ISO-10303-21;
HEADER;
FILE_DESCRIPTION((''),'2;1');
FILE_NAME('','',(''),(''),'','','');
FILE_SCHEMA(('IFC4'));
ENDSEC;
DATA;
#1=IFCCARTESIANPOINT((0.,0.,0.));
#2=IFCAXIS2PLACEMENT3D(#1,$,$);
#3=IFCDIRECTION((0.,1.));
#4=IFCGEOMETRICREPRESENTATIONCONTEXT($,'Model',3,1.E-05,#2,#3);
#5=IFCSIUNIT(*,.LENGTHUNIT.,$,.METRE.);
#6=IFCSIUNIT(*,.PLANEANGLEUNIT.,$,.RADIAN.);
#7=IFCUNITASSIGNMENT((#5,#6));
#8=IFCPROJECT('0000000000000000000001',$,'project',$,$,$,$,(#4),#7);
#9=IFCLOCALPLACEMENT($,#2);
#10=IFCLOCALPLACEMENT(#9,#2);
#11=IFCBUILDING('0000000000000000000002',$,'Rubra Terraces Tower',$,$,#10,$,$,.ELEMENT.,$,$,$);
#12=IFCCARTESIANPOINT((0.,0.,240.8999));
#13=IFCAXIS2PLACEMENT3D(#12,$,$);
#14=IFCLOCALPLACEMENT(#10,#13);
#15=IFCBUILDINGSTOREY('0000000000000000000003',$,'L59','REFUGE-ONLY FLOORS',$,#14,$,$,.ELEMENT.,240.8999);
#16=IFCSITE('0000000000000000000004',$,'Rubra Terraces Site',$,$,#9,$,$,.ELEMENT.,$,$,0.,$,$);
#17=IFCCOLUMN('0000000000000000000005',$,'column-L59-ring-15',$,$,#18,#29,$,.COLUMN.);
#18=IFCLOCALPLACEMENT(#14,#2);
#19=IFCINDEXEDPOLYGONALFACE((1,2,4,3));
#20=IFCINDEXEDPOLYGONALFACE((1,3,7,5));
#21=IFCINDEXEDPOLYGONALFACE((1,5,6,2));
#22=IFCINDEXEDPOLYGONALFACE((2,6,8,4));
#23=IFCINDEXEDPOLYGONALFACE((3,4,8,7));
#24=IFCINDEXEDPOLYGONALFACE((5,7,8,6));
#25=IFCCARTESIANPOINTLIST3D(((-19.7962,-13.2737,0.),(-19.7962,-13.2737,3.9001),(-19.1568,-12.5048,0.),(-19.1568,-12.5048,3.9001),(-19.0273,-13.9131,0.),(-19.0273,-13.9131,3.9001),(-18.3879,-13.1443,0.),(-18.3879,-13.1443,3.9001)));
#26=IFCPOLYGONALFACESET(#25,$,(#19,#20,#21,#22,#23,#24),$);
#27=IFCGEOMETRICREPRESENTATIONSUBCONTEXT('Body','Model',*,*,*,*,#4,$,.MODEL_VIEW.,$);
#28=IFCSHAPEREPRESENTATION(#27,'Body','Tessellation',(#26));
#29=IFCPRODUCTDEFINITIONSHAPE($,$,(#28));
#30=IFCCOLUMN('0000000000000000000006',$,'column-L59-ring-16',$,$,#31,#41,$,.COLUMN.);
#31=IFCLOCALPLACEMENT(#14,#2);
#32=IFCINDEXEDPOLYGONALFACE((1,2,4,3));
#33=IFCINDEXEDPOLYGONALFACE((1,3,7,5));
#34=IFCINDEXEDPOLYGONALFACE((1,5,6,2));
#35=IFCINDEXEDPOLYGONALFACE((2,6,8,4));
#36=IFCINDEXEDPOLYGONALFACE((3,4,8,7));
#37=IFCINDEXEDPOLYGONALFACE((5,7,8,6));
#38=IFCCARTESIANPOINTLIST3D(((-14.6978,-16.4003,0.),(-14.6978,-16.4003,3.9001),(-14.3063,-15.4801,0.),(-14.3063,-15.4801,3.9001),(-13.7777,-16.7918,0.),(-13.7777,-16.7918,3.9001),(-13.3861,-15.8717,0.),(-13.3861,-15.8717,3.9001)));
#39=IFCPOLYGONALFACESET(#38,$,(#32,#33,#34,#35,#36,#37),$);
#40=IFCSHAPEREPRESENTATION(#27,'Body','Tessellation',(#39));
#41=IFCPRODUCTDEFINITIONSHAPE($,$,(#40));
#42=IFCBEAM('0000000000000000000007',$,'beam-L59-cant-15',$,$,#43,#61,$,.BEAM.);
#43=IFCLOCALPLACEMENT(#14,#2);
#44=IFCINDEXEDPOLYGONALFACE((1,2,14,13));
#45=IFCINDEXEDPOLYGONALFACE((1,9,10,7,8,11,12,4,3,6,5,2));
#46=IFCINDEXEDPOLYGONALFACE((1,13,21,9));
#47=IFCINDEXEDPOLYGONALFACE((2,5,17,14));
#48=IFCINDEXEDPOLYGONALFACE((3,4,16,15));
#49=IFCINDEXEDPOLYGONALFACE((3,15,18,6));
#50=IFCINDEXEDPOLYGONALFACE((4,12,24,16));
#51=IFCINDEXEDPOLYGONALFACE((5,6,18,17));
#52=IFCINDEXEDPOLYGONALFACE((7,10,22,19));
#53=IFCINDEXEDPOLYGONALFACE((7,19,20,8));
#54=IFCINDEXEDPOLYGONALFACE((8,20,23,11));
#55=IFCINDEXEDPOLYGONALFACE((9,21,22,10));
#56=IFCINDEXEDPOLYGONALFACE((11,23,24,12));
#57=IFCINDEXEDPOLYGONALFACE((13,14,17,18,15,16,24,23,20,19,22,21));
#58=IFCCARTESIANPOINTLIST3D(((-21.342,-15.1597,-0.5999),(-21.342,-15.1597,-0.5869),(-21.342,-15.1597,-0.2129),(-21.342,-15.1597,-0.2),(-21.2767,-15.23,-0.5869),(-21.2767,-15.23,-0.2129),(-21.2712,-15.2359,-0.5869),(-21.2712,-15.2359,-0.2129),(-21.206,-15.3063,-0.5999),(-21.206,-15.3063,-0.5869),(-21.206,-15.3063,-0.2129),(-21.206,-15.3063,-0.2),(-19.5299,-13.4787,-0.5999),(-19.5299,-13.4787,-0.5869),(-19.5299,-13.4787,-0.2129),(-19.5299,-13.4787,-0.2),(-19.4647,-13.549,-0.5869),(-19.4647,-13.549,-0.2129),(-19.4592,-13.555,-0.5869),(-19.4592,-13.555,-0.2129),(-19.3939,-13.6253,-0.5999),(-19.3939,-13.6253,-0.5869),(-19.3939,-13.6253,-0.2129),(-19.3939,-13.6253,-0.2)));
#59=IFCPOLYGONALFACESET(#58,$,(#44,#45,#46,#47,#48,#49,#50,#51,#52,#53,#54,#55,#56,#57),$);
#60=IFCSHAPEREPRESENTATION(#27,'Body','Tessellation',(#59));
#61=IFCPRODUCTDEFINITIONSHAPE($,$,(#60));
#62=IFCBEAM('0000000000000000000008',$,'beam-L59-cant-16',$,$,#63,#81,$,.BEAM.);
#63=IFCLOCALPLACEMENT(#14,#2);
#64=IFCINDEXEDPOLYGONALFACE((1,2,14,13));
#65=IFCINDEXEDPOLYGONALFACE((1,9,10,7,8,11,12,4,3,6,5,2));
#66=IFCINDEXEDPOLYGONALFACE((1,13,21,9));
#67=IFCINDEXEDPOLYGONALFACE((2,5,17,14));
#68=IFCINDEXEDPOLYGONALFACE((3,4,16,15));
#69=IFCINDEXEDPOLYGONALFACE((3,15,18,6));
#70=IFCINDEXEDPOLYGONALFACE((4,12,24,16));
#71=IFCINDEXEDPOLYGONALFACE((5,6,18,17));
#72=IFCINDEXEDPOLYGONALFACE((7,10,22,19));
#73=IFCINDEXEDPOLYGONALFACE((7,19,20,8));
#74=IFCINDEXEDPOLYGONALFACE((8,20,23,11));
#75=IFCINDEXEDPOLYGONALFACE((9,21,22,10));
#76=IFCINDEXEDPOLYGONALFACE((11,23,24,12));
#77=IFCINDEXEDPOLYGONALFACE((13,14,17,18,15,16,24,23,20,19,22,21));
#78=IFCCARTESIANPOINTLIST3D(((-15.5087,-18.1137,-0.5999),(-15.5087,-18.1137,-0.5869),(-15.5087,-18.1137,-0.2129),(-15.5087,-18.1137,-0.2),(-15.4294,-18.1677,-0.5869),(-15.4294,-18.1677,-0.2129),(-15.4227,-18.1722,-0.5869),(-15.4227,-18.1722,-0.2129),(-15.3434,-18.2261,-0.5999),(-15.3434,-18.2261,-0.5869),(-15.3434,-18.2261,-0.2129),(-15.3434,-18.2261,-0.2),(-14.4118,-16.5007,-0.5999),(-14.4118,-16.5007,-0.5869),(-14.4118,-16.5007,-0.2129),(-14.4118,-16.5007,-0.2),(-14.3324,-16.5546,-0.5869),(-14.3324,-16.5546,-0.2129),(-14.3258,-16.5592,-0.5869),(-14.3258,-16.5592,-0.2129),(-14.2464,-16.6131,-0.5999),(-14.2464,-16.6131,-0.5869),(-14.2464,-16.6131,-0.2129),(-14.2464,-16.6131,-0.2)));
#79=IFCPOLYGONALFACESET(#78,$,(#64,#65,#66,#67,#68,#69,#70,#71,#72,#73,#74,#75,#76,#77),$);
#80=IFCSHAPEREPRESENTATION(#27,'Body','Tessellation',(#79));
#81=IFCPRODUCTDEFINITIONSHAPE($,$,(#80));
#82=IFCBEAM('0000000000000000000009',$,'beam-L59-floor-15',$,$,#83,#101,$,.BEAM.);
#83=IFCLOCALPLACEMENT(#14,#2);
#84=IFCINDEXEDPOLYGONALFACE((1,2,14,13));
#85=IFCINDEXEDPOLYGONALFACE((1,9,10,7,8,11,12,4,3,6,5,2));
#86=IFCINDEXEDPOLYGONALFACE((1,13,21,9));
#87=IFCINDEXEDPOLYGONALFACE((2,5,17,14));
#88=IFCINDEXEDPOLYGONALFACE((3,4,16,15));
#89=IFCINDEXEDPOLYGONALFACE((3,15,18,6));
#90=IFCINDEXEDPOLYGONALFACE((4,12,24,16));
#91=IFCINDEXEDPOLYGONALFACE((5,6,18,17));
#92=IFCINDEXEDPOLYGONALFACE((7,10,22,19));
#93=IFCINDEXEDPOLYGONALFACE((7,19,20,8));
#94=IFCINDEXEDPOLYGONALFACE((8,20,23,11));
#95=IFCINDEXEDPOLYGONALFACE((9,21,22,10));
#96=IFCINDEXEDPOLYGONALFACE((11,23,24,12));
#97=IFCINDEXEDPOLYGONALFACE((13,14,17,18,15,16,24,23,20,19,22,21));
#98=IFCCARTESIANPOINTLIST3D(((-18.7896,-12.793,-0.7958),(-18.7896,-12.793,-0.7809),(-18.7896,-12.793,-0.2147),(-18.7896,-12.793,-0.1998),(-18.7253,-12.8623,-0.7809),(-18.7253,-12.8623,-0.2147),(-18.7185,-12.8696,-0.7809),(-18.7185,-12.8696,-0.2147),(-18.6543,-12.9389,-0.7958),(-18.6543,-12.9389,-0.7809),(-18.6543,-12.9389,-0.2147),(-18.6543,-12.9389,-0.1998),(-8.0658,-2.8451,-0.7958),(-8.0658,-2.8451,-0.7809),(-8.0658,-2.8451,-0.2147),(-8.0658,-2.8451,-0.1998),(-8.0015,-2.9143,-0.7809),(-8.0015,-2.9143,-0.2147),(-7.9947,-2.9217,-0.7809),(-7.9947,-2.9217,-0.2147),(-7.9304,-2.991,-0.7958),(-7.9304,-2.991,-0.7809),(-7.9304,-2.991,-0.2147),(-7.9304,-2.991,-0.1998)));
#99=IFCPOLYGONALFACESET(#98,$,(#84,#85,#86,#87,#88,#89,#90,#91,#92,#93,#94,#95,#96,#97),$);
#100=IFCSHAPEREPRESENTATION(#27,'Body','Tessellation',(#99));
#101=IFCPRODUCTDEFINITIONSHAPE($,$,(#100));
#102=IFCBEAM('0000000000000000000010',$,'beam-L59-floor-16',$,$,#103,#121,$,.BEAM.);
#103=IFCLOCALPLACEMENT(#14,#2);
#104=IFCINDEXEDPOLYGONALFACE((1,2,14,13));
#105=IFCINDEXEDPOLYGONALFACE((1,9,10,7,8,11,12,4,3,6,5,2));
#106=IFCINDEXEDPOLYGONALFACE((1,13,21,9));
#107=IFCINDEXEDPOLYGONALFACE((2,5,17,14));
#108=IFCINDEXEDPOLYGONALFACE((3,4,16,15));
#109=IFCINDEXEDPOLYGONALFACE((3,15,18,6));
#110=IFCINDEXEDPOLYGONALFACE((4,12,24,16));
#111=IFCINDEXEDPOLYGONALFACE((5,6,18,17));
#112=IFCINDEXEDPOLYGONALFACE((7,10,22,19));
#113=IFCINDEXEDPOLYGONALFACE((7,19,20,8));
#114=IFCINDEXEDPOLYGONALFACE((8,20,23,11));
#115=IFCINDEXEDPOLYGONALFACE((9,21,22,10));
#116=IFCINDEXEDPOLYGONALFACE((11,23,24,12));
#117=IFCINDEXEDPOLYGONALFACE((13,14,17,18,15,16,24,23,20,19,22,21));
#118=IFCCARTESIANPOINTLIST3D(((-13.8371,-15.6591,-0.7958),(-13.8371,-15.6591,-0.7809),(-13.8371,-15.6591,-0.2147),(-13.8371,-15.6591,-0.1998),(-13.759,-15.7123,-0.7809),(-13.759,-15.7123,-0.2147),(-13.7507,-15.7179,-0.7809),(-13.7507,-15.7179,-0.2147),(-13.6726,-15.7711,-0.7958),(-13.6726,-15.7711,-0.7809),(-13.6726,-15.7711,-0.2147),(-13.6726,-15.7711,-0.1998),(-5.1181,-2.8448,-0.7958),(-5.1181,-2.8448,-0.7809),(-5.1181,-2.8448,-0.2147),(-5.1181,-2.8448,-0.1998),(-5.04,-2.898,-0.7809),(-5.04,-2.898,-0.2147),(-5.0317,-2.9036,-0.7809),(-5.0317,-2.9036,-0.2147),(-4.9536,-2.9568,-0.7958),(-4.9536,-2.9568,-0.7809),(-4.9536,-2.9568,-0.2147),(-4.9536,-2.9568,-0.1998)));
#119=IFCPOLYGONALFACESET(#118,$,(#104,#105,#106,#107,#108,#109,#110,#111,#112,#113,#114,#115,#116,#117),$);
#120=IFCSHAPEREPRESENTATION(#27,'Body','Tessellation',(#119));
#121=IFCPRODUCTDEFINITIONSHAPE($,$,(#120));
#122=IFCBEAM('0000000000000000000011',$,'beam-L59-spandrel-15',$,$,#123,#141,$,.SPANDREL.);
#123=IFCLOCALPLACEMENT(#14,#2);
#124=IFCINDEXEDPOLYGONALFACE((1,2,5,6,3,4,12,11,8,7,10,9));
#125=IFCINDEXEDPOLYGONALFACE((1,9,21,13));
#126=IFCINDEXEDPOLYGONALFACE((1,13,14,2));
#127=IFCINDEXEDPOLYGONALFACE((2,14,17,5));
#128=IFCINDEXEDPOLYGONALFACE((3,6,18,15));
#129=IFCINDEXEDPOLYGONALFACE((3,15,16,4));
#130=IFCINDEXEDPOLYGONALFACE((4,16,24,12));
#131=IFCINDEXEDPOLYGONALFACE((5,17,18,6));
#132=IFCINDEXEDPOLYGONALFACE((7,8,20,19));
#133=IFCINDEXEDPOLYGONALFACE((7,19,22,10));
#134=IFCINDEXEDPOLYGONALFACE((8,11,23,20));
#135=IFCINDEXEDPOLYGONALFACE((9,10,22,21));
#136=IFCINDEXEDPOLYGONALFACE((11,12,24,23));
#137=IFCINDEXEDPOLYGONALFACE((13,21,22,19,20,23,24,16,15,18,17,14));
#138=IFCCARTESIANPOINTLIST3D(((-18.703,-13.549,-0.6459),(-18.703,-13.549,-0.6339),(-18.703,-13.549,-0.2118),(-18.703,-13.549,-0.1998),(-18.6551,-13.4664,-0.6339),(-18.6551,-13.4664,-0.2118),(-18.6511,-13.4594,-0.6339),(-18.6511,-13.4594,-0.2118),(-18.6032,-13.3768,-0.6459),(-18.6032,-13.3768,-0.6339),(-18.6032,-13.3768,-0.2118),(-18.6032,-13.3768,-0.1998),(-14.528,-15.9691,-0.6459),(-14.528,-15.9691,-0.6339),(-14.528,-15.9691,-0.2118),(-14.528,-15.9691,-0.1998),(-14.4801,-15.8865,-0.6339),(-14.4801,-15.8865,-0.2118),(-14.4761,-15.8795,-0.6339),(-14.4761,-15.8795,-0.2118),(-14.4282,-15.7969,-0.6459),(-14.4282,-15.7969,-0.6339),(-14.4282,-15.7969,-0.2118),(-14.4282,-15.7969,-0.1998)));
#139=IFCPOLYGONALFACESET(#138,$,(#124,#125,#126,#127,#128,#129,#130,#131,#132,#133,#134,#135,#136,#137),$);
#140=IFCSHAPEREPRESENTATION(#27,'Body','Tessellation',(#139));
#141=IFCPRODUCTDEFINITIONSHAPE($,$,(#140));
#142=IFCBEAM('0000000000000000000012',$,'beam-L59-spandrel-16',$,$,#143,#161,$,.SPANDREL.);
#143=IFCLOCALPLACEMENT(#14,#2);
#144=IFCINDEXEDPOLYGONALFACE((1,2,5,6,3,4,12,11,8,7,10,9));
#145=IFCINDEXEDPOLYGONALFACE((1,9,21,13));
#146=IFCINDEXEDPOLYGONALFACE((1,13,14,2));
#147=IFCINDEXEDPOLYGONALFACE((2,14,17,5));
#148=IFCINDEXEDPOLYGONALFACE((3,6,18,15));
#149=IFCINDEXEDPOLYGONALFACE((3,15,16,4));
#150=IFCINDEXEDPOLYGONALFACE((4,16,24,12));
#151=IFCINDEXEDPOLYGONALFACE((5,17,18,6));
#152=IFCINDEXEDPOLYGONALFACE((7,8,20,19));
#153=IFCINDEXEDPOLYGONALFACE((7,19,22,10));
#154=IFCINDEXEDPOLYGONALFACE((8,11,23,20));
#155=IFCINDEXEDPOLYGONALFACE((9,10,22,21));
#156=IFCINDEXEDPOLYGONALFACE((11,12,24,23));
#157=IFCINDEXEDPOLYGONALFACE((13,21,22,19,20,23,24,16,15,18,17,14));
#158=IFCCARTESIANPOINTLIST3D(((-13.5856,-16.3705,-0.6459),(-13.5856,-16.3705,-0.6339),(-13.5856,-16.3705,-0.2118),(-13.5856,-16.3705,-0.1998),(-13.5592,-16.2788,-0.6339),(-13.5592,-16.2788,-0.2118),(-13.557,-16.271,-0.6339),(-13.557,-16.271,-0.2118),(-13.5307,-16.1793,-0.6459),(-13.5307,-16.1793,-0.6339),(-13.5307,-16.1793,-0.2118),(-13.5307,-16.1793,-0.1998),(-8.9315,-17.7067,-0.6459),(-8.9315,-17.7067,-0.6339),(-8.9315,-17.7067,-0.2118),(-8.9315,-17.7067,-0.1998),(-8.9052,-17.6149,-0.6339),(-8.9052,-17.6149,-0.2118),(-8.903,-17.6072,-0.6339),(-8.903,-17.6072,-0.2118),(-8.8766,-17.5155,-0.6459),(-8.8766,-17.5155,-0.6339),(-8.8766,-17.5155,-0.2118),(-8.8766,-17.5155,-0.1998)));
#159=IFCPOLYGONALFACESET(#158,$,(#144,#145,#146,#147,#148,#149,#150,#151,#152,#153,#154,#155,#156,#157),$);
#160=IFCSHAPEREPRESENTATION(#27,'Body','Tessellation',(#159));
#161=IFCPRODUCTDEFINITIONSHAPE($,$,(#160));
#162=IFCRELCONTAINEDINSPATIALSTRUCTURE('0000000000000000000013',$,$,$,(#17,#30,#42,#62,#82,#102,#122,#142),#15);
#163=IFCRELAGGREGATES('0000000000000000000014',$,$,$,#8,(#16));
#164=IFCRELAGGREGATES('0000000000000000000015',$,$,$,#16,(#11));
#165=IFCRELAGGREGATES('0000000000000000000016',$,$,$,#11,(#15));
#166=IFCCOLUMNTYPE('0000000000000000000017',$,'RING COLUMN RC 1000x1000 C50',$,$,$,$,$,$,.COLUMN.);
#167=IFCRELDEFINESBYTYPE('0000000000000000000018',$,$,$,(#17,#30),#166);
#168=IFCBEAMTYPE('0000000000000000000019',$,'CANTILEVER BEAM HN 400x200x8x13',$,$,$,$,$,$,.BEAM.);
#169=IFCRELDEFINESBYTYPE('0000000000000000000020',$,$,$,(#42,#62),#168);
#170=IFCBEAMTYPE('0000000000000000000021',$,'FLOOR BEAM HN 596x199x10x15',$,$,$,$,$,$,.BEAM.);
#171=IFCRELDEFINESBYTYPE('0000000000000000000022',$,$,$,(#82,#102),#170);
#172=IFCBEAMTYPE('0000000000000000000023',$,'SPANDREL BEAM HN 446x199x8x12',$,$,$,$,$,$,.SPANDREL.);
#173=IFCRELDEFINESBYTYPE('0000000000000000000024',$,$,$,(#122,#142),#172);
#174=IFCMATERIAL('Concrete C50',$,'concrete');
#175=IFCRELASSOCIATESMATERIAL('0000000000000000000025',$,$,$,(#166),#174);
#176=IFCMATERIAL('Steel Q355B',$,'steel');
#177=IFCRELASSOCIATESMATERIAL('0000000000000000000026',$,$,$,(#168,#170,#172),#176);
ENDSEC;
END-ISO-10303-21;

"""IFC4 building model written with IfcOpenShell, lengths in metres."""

from ifc_helpers import new_model, si_unit, direction, frame, origin, origin_2d, place, context, subcontext, project, spatial, rectangle, i_section, extrude, material, material_profile, profile_set, type_object, element, save


model = new_model("IFC4")

# Units and contexts
model_context = context("Model", 3, precision=1e-05, world=origin(), true_north=direction((0.0, 1.0)))
body_context = subcontext(model_context, "Body", "Model", "MODEL_VIEW")
ifc_project = project(units=[si_unit("LENGTHUNIT", "METRE"), si_unit("PLANEANGLEUNIT", "RADIAN")], contexts=[model_context])

# Site, building, storey
site_placement = place(None, origin())
site = spatial("IfcSite", under=ifc_project, at=site_placement, Name="Rubra Terraces Site", CompositionType="ELEMENT", RefElevation=0.0)
building_placement = place(site_placement, origin())
building = spatial("IfcBuilding", under=site, at=building_placement, Name="Rubra Terraces Tower", CompositionType="ELEMENT")
storey_placement = place(building_placement, frame((0.0, 0.0, 240.8999)))
storey = spatial("IfcBuildingStorey", under=building, at=storey_placement, Name="L59", Description="REFUGE-ONLY FLOORS", CompositionType="ELEMENT", Elevation=240.8999)

# Columns
ifc_material_1 = material(Name="Concrete C50", Category="concrete")
ifc_material_profile_1 = material_profile(ifc_material_1, rectangle(XDim=1.0, YDim=1.0, at=origin_2d()), Name="RC 1000x1000")
ifc_profile_set_1 = profile_set([ifc_material_profile_1], Name="Concrete C50")
column_type = type_object("IfcColumnType", Name="RING COLUMN RC 1000x1000 C50", PredefinedType="COLUMN", material=ifc_profile_set_1)
for number, where, z_axis, x_axis, name in (
    (1, (-19.092, -13.209, 0.0), (0.0, 0.0, 1.0), (0.76887, -0.639405, 0.0), "column-L59-ring-15"),
    (2, (-14.042, -16.136, 0.0), (0.0, 0.0, 1.0), (0.920168, -0.391524, 0.0), "column-L59-ring-16"),
):
    element("IfcColumn", number, at=place(storey_placement, frame(where, z_axis=z_axis, x_axis=x_axis)), inside=storey, type_object=column_type, Name=name, PredefinedType="COLUMN", context=body_context, shape_type="SweptSolid", body=[
        extrude(rectangle(XDim=1.0, YDim=1.0, at=origin_2d()), origin(), (0.0, 0.0, 1.0), 3.9001),
    ])

# Beams
ifc_material_2 = material(Name="Steel Q355B", Category="steel")
ifc_material_profile_2 = material_profile(ifc_material_2, i_section(OverallWidth=0.2, OverallDepth=0.3999, WebThickness=0.0081, FlangeThickness=0.0129, at=origin_2d()), Name="HN 400x200x8x13")
ifc_profile_set_2 = profile_set([ifc_material_profile_2], Name="Steel Q355B")
beam_type_1 = type_object("IfcBeamType", Name="CANTILEVER BEAM HN 400x200x8x13", PredefinedType="BEAM", material=ifc_profile_set_2)
beam_1_placement = place(storey_placement, frame((-19.4619, -13.552, -0.3999), z_axis=(-0.733131, -0.680087, 0.0), x_axis=(0.680087, -0.733131, 0.0)))
element("IfcBeam", 3, at=beam_1_placement, inside=storey, type_object=beam_type_1, Name="beam-L59-cant-15", PredefinedType="BEAM", context=body_context, shape_type="SweptSolid", body=[
    extrude(i_section(OverallWidth=0.2, OverallDepth=0.3999, WebThickness=0.0081, FlangeThickness=0.0129, at=origin_2d()), origin(), (0.0, 0.0, 1.0), 2.4717),
])
beam_2_placement = place(storey_placement, frame((-14.3291, -16.5569, -0.3999), z_axis=(-0.562331, -0.826913, 0.0), x_axis=(0.826913, -0.562331, 0.0)))
element("IfcBeam", 4, at=beam_2_placement, inside=storey, type_object=beam_type_1, Name="beam-L59-cant-16", PredefinedType="BEAM", context=body_context, shape_type="SweptSolid", body=[
    extrude(i_section(OverallWidth=0.2, OverallDepth=0.3999, WebThickness=0.0081, FlangeThickness=0.0129, at=origin_2d()), origin(), (0.0, 0.0, 1.0), 1.9507),
])
ifc_material_profile_3 = material_profile(ifc_material_2, i_section(OverallWidth=0.199, OverallDepth=0.5959, WebThickness=0.01, FlangeThickness=0.0149, at=origin_2d()), Name="HN 596x199x10x15")
ifc_profile_set_3 = profile_set([ifc_material_profile_3], Name="Steel Q355B")
beam_type_2 = type_object("IfcBeamType", Name="FLOOR BEAM HN 596x199x10x15", PredefinedType="BEAM", material=ifc_profile_set_3)
beam_3_placement = place(storey_placement, frame((-18.7219, -12.866, -0.4978), z_axis=(0.73313, 0.680088, 0.0), x_axis=(-0.680088, 0.73313, 0.0)))
element("IfcBeam", 5, at=beam_3_placement, inside=storey, type_object=beam_type_2, Name="beam-L59-floor-15", PredefinedType="BEAM", context=body_context, shape_type="SweptSolid", body=[
    extrude(i_section(OverallWidth=0.199, OverallDepth=0.5959, WebThickness=0.01, FlangeThickness=0.0149, at=origin_2d()), origin(), (0.0, 0.0, 1.0), 14.6274),
])
beam_4_placement = place(storey_placement, frame((-13.7549, -15.7151, -0.4978), z_axis=(0.562545, 0.826767, 0.0), x_axis=(-0.826767, 0.562545, 0.0)))
element("IfcBeam", 6, at=beam_4_placement, inside=storey, type_object=beam_type_2, Name="beam-L59-floor-16", PredefinedType="BEAM", context=body_context, shape_type="SweptSolid", body=[
    extrude(i_section(OverallWidth=0.199, OverallDepth=0.5959, WebThickness=0.01, FlangeThickness=0.0149, at=origin_2d()), origin(), (0.0, 0.0, 1.0), 15.4993),
])
ifc_material_profile_4 = material_profile(ifc_material_2, i_section(OverallWidth=0.199, OverallDepth=0.446, WebThickness=0.0081, FlangeThickness=0.012, at=origin_2d()), Name="HN 446x199x8x12")
ifc_profile_set_4 = profile_set([ifc_material_profile_4], Name="Steel Q355B")
beam_type_3 = type_object("IfcBeamType", Name="SPANDREL BEAM HN 446x199x8x12", PredefinedType="SPANDREL", material=ifc_profile_set_4)
beam_5_placement = place(storey_placement, frame((-18.6531, -13.4629, -0.4229), z_axis=(0.865154, -0.501507, 0.0), x_axis=(0.501507, 0.865154, 0.0)))
element("IfcBeam", 7, at=beam_5_placement, inside=storey, type_object=beam_type_3, Name="beam-L59-spandrel-15", PredefinedType="SPANDREL", context=body_context, shape_type="SweptSolid", body=[
    extrude(i_section(OverallWidth=0.199, OverallDepth=0.446, WebThickness=0.0081, FlangeThickness=0.012, at=origin_2d()), origin(), (0.0, 0.0, 1.0), 4.8257),
])
beam_6_placement = place(storey_placement, frame((-13.5581, -16.2749, -0.4229), z_axis=(0.961171, -0.275953, 0.0), x_axis=(0.275953, 0.961171, 0.0)))
element("IfcBeam", 8, at=beam_6_placement, inside=storey, type_object=beam_type_3, Name="beam-L59-spandrel-16", PredefinedType="SPANDREL", context=body_context, shape_type="SweptSolid", body=[
    extrude(i_section(OverallWidth=0.199, OverallDepth=0.446, WebThickness=0.0081, FlangeThickness=0.012, at=origin_2d()), origin(), (0.0, 0.0, 1.0), 4.842),
])

save(model, "model.ifc")
